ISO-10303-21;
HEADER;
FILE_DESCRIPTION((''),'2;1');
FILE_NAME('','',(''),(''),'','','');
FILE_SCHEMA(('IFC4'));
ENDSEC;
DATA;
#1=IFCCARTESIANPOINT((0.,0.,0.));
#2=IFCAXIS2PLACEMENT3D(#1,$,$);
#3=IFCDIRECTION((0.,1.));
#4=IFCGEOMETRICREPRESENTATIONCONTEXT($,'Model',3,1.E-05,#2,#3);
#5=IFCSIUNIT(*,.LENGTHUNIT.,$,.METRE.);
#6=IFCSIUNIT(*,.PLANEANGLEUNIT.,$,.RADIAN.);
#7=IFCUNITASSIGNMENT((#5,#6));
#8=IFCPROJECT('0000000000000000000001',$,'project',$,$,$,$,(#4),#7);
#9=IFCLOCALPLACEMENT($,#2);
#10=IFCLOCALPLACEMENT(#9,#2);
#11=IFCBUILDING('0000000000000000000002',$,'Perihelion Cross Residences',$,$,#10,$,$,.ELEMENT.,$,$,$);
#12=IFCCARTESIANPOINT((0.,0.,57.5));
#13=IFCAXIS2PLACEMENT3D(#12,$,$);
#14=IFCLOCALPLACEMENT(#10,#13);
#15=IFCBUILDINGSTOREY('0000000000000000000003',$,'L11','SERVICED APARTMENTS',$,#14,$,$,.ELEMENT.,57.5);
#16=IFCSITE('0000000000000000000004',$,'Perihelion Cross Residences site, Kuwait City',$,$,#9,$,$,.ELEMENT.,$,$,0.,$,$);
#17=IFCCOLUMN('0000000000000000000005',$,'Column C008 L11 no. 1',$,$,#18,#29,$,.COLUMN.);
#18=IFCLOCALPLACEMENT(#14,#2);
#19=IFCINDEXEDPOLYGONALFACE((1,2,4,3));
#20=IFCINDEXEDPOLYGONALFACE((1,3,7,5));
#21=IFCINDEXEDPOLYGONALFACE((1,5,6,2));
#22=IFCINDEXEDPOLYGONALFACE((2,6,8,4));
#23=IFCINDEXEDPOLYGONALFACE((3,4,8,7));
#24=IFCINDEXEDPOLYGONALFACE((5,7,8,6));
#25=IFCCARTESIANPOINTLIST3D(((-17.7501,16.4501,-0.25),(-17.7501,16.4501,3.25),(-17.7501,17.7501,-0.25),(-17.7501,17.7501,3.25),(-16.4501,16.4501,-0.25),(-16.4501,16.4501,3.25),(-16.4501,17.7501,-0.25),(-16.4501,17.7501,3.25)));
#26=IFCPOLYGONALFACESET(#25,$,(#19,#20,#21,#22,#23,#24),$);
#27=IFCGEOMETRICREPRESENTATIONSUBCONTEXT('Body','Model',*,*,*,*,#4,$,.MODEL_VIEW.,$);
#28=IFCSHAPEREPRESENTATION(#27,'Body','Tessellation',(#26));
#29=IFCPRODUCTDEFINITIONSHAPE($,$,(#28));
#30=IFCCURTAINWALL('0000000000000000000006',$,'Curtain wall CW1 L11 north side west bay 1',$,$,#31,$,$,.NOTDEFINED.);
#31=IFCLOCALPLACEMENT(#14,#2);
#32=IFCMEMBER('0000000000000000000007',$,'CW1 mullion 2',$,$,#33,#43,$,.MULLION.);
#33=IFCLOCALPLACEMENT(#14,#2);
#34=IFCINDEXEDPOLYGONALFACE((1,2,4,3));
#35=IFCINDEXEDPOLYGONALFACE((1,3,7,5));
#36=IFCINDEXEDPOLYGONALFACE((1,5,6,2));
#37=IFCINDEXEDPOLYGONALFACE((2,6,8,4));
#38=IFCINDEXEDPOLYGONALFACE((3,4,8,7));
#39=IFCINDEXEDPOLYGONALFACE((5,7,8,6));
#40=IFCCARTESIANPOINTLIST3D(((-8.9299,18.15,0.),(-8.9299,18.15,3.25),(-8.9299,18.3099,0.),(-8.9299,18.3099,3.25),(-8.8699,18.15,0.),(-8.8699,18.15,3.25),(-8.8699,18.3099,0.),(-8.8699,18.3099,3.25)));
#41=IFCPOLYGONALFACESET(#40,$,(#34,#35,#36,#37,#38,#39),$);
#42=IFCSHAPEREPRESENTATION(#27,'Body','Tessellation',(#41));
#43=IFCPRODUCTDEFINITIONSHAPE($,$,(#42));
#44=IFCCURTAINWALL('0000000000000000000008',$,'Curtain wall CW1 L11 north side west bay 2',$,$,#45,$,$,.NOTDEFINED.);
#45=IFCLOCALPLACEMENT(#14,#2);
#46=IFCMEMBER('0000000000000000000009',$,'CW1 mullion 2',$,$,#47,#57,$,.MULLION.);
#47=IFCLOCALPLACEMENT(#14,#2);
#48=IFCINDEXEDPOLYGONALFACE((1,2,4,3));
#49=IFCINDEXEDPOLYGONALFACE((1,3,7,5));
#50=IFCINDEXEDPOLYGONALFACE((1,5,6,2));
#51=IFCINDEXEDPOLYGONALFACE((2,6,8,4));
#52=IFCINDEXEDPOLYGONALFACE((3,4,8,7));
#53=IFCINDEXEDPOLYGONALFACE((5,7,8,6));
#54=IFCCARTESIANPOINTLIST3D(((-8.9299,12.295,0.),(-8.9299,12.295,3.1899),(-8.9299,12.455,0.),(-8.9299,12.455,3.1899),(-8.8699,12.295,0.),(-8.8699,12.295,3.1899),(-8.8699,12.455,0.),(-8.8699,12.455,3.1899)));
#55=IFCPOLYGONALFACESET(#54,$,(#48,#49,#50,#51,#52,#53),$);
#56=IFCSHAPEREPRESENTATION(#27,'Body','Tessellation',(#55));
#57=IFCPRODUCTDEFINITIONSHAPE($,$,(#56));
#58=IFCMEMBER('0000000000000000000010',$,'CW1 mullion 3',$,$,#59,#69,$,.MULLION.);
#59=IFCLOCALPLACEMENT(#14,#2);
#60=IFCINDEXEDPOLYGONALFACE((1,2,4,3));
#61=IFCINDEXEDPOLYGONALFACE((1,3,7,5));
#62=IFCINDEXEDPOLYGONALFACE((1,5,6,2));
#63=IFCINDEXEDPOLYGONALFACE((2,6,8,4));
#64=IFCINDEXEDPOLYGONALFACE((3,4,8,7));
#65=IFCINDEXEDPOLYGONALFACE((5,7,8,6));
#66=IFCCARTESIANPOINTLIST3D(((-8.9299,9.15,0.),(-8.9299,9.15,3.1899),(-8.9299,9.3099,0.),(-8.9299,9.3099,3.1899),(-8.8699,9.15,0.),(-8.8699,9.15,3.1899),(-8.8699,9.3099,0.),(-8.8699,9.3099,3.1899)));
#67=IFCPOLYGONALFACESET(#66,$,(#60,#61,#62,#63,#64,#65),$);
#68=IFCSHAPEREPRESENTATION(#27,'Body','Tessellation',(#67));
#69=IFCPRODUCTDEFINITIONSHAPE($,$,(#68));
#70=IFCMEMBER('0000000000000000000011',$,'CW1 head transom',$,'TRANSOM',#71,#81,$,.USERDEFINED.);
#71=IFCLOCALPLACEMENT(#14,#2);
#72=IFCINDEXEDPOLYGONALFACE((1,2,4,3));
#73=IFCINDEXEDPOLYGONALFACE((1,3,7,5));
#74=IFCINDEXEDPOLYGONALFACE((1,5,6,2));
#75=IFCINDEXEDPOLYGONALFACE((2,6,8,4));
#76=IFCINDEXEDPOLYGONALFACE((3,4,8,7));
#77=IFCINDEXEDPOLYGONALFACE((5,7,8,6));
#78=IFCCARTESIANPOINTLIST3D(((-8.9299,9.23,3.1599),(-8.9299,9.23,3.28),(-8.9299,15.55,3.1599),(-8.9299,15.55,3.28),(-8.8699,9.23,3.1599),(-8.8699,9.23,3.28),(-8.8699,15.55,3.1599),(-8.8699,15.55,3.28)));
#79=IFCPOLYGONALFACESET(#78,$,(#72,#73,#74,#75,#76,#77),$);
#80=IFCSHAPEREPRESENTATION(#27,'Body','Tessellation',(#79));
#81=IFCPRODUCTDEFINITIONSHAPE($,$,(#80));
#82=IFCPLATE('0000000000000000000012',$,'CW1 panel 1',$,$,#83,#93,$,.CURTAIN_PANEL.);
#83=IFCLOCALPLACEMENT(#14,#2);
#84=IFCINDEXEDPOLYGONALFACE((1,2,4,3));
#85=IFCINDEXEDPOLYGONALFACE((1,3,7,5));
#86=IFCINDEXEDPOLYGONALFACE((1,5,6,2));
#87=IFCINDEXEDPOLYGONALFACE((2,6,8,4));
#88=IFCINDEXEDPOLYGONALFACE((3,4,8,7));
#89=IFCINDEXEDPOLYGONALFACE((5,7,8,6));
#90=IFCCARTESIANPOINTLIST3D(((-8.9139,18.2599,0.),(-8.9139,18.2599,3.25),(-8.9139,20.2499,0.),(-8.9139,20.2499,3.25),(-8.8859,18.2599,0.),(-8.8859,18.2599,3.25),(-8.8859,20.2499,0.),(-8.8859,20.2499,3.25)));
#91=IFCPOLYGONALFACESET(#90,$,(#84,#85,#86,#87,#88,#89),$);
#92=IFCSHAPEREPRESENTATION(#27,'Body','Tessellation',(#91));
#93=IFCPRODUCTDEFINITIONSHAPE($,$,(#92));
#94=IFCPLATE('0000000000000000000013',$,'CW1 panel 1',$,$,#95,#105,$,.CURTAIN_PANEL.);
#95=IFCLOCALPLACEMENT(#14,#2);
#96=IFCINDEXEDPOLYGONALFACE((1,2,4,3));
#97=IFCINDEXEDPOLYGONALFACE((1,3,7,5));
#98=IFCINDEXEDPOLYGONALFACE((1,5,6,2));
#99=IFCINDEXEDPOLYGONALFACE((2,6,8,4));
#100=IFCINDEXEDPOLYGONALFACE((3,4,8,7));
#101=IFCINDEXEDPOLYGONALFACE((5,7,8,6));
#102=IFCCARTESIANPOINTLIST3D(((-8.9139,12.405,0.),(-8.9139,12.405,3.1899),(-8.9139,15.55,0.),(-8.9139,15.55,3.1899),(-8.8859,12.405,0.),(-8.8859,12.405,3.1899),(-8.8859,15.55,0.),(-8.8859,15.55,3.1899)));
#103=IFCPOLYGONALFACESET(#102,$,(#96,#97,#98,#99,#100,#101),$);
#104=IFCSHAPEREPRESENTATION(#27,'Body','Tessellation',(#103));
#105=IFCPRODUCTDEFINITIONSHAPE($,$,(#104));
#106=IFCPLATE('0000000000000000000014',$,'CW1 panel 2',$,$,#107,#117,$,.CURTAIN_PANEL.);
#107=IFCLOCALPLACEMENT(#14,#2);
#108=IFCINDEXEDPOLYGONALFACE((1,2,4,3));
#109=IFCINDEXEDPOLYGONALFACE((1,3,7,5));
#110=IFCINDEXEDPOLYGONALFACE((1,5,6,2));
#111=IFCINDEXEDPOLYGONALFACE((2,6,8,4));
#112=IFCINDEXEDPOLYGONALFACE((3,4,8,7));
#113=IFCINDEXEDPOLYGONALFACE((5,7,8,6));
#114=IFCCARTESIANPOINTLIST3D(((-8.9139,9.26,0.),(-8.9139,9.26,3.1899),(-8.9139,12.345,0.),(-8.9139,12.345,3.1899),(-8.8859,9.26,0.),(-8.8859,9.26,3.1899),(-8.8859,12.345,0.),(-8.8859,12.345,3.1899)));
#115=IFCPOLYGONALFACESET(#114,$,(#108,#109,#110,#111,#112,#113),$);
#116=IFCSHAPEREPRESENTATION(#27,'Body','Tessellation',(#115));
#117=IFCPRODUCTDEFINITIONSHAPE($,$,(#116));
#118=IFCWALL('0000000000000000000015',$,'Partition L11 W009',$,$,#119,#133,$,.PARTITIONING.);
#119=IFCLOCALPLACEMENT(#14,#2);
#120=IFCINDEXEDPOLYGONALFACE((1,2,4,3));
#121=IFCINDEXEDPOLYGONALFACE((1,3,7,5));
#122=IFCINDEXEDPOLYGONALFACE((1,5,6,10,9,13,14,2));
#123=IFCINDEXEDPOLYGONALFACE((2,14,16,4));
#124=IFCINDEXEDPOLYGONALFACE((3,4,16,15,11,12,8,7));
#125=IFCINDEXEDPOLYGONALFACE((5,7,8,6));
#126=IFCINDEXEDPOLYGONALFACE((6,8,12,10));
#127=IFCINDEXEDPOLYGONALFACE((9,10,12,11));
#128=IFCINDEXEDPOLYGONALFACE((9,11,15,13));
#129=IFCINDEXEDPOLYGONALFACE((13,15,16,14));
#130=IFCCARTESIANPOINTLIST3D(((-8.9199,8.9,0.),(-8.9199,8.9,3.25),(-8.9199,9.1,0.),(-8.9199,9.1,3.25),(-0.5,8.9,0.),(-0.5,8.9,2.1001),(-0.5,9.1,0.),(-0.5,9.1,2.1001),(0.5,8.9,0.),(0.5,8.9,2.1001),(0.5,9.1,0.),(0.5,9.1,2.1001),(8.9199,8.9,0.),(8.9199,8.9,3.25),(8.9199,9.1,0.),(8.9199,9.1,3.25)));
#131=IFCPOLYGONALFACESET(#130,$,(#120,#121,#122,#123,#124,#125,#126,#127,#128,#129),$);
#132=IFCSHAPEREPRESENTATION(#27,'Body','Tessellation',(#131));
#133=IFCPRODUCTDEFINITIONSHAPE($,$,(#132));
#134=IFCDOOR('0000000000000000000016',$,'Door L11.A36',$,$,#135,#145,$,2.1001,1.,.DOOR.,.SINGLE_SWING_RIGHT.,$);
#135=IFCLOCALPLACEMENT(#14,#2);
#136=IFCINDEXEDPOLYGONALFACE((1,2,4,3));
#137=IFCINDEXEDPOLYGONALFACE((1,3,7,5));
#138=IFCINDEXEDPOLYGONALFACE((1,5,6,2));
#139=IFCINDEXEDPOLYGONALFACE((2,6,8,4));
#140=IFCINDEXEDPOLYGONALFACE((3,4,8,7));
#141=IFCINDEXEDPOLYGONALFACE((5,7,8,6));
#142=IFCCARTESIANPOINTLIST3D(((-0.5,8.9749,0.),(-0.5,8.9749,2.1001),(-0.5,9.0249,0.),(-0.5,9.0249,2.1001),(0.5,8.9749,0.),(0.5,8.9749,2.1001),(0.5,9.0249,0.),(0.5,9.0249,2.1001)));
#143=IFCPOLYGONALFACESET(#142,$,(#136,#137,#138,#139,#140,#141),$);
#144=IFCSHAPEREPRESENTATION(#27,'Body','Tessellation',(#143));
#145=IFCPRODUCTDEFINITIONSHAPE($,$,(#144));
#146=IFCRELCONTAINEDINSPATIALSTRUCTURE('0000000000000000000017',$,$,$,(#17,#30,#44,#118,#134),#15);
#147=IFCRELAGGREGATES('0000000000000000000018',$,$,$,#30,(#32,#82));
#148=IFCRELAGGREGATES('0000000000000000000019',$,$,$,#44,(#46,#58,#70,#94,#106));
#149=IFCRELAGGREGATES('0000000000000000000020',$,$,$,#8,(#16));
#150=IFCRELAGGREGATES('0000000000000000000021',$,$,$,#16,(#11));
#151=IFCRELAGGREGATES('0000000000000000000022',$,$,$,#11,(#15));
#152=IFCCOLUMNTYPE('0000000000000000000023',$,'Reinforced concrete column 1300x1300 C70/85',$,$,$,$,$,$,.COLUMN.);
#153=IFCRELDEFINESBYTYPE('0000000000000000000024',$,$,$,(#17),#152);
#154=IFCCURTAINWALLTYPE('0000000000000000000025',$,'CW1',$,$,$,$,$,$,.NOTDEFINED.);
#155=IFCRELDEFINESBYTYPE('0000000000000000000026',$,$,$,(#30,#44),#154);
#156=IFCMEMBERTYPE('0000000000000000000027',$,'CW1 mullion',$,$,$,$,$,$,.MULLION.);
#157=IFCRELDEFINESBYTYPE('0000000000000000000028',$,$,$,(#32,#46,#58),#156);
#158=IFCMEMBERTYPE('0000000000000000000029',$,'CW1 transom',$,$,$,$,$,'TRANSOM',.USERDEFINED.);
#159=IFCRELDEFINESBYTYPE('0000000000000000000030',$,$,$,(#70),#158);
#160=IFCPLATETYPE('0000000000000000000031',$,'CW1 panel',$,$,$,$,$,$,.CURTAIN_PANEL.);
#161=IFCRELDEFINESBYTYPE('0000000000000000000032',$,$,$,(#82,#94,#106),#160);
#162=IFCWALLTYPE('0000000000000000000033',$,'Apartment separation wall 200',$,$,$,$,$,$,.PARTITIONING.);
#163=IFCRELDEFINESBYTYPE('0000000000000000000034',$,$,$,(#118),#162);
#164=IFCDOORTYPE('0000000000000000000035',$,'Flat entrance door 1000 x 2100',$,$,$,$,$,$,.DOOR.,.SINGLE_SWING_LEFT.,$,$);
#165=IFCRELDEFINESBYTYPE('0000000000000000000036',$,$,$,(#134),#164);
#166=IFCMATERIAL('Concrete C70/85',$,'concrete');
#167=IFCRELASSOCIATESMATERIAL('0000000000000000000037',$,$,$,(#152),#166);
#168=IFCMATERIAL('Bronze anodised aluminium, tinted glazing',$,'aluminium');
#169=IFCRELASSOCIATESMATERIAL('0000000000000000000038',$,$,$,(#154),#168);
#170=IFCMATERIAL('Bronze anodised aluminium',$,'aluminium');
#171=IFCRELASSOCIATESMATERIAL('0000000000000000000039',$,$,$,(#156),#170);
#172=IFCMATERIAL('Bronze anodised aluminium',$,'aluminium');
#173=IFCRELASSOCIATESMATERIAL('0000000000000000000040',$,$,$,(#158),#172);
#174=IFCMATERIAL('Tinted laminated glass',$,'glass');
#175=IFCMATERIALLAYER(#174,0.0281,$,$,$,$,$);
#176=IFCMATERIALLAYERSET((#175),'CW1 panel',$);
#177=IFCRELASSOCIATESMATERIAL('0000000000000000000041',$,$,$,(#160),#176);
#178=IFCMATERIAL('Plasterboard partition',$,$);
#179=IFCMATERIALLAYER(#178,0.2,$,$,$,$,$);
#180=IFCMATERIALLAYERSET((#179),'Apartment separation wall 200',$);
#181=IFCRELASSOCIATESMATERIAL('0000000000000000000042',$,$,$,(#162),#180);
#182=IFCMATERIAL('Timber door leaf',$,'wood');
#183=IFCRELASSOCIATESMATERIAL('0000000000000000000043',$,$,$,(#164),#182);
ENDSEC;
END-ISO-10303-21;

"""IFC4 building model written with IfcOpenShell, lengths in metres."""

from ifc_helpers import new_model, si_unit, direction, frame, frame_2d, origin, origin_2d, place, context, subcontext, project, spatial, rectangle, extrude, material, layer, layer_set, material_profile, profile_set, type_object, element, fill, aggregate, save


model = new_model("IFC4")

# Units and contexts
model_context = context("Model", 3, precision=1e-05, world=origin(), true_north=direction((0.0, 1.0)))
body_context = subcontext(model_context, "Body", "Model", "MODEL_VIEW")
ifc_project = project(units=[si_unit("LENGTHUNIT", "METRE"), si_unit("PLANEANGLEUNIT", "RADIAN")], contexts=[model_context])

# Site, building, storey
site_placement = place(None, origin())
site = spatial("IfcSite", under=ifc_project, at=site_placement, Name="Perihelion Cross Residences site, Kuwait City", CompositionType="ELEMENT", RefElevation=0.0)
building_placement = place(site_placement, origin())
building = spatial("IfcBuilding", under=site, at=building_placement, Name="Perihelion Cross Residences", CompositionType="ELEMENT")
storey_placement = place(building_placement, frame((0.0, 0.0, 57.5)))
storey = spatial("IfcBuildingStorey", under=building, at=storey_placement, Name="L11", Description="SERVICED APARTMENTS", CompositionType="ELEMENT", Elevation=57.5)

# Column
ifc_material_1 = material(Name="Concrete C70/85", Category="concrete")
ifc_material_profile_1 = material_profile(ifc_material_1, rectangle(XDim=1.3, YDim=1.3, at=origin_2d()), Name="RC 1300x1300")
ifc_profile_set_1 = profile_set([ifc_material_profile_1], Name="Concrete C70/85")
column_type = type_object("IfcColumnType", Name="Reinforced concrete column 1300x1300 C70/85", PredefinedType="COLUMN", material=ifc_profile_set_1)
column_placement = place(storey_placement, frame((-17.1001, 17.1001, -0.25), z_axis=(0.0, 0.0, 1.0), x_axis=(1.0, 0.0, 0.0)))
element("IfcColumn", 1, at=column_placement, inside=storey, type_object=column_type, Name="Column C008 L11 no. 1", PredefinedType="COLUMN", context=body_context, shape_type="SweptSolid", body=[
    extrude(rectangle(XDim=1.3, YDim=1.3, at=origin_2d()), origin(), (0.0, 0.0, 1.0), 3.5),
])

# Curtain wall, member
ifc_material_2 = material(Name="Bronze anodised aluminium, tinted glazing", Category="aluminium")
curtain_wall_type = type_object("IfcCurtainWallType", Name="CW1", PredefinedType="NOTDEFINED", material=ifc_material_2)
curtain_wall_1_placement = place(storey_placement, origin())
curtain_wall_1 = element("IfcCurtainWall", 2, at=curtain_wall_1_placement, inside=storey, type_object=curtain_wall_type, Name="Curtain wall CW1 L11 north side west bay 1", PredefinedType="NOTDEFINED")
ifc_material_3 = material(Name="Bronze anodised aluminium", Category="aluminium")
ifc_material_profile_2 = material_profile(ifc_material_3, rectangle(XDim=0.0601, YDim=0.1599, at=origin_2d()), Name="CW1 mullion")
ifc_profile_set_2 = profile_set([ifc_material_profile_2], Name="Bronze anodised aluminium")
member_type_1 = type_object("IfcMemberType", Name="CW1 mullion", PredefinedType="MULLION", material=ifc_profile_set_2)
member_1_placement = place(storey_placement, frame((-8.8999, 18.23, 0.0), z_axis=(0.0, 0.0, 1.0), x_axis=(1.0, 0.0, 0.0)))
member_1 = element("IfcMember", 3, at=member_1_placement, type_object=member_type_1, Name="CW1 mullion 2", PredefinedType="MULLION", context=body_context, shape_type="SweptSolid", body=[
    extrude(rectangle(XDim=0.0601, YDim=0.1599, at=origin_2d()), origin(), (0.0, 0.0, 1.0), 3.25),
])

# Curtain wall, members
curtain_wall_2_placement = place(storey_placement, origin())
curtain_wall_2 = element("IfcCurtainWall", 4, at=curtain_wall_2_placement, inside=storey, type_object=curtain_wall_type, Name="Curtain wall CW1 L11 north side west bay 2", PredefinedType="NOTDEFINED")
member_2_placement = place(storey_placement, frame((-8.8999, 12.375, 0.0), z_axis=(0.0, 0.0, 1.0), x_axis=(1.0, 0.0, 0.0)))
member_2 = element("IfcMember", 5, at=member_2_placement, type_object=member_type_1, Name="CW1 mullion 2", PredefinedType="MULLION", context=body_context, shape_type="SweptSolid", body=[
    extrude(rectangle(XDim=0.0601, YDim=0.1599, at=origin_2d()), origin(), (0.0, 0.0, 1.0), 3.1899),
])
member_3_placement = place(storey_placement, frame((-8.8999, 9.23, 0.0), z_axis=(0.0, 0.0, 1.0), x_axis=(1.0, 0.0, 0.0)))
member_3 = element("IfcMember", 6, at=member_3_placement, type_object=member_type_1, Name="CW1 mullion 3", PredefinedType="MULLION", context=body_context, shape_type="SweptSolid", body=[
    extrude(rectangle(XDim=0.0601, YDim=0.1599, at=origin_2d()), origin(), (0.0, 0.0, 1.0), 3.1899),
])
ifc_material_4 = material(Name="Bronze anodised aluminium", Category="aluminium")
ifc_material_profile_3 = material_profile(ifc_material_4, rectangle(XDim=0.0601, YDim=0.1201, at=origin_2d()), Name="CW1 transom")
ifc_profile_set_3 = profile_set([ifc_material_profile_3], Name="Bronze anodised aluminium")
member_type_2 = type_object("IfcMemberType", Name="CW1 transom", ElementType="TRANSOM", PredefinedType="USERDEFINED", material=ifc_profile_set_3)
member_4_placement = place(storey_placement, frame((-8.8999, 15.55, 3.22), z_axis=(0.0, -1.0, 0.0), x_axis=(1.0, 0.0, 0.0)))
member_4 = element("IfcMember", 7, at=member_4_placement, type_object=member_type_2, Name="CW1 head transom", ObjectType="TRANSOM", PredefinedType="USERDEFINED", context=body_context, shape_type="SweptSolid", body=[
    extrude(rectangle(XDim=0.0601, YDim=0.1201, at=origin_2d()), origin(), (0.0, 0.0, 1.0), 6.3201),
])

# Plates
ifc_material_5 = material(Name="Tinted laminated glass", Category="glass")
ifc_layer_1 = layer(ifc_material_5, 0.0281)
ifc_layer_set_1 = layer_set([ifc_layer_1], Name="CW1 panel")
plate_type = type_object("IfcPlateType", Name="CW1 panel", PredefinedType="CURTAIN_PANEL", material=ifc_layer_set_1)
plate_1_placement = place(storey_placement, frame((-8.8999, 19.2549, 0.0), z_axis=(0.0, 0.0, 1.0), x_axis=(0.0, -1.0, 0.0)))
plate_1 = element("IfcPlate", 8, at=plate_1_placement, type_object=plate_type, Name="CW1 panel 1", PredefinedType="CURTAIN_PANEL", context=body_context, shape_type="SweptSolid", body=[
    extrude(rectangle(XDim=1.99, YDim=0.0281, at=origin_2d()), origin(), (0.0, 0.0, 1.0), 3.25),
])
aggregate(curtain_wall_1, [member_1, plate_1])
plate_2_placement = place(storey_placement, frame((-8.8999, 13.9775, 0.0), z_axis=(0.0, 0.0, 1.0), x_axis=(0.0, -1.0, 0.0)))
plate_2 = element("IfcPlate", 9, at=plate_2_placement, type_object=plate_type, Name="CW1 panel 1", PredefinedType="CURTAIN_PANEL", context=body_context, shape_type="SweptSolid", body=[
    extrude(rectangle(XDim=3.145, YDim=0.0281, at=origin_2d()), origin(), (0.0, 0.0, 1.0), 3.1899),
])
plate_3_placement = place(storey_placement, frame((-8.8999, 10.8025, 0.0), z_axis=(0.0, 0.0, 1.0), x_axis=(0.0, -1.0, 0.0)))
plate_3 = element("IfcPlate", 10, at=plate_3_placement, type_object=plate_type, Name="CW1 panel 2", PredefinedType="CURTAIN_PANEL", context=body_context, shape_type="SweptSolid", body=[
    extrude(rectangle(XDim=3.085, YDim=0.0281, at=origin_2d()), origin(), (0.0, 0.0, 1.0), 3.1899),
])
aggregate(curtain_wall_2, [member_2, member_3, member_4, plate_2, plate_3])

# Wall, opening, door
ifc_material_6 = material(Name="Plasterboard partition")
ifc_layer_2 = layer(ifc_material_6, 0.2)
ifc_layer_set_2 = layer_set([ifc_layer_2], Name="Apartment separation wall 200")
wall_type_1 = type_object("IfcWallType", Name="Apartment separation wall 200", PredefinedType="PARTITIONING", material=ifc_layer_set_2)
wall_1_placement = place(storey_placement, frame((-8.9199, 9.0, 0.0), z_axis=(0.0, 0.0, 1.0), x_axis=(1.0, 0.0, 0.0)))
wall_1 = element("IfcWall", 11, at=wall_1_placement, inside=storey, type_object=wall_type_1, Name="Partition L11 W009", PredefinedType="PARTITIONING", context=body_context, shape_type="SweptSolid", body=[
    extrude(rectangle(XDim=17.8398, YDim=0.2, at=frame_2d((8.9199, 0.0))), origin(), (0.0, 0.0, 1.0), 3.25),
])
opening_1_placement = place(wall_1_placement, frame((8.4199, 0.0, 0.0)))
opening_1 = element("IfcOpeningElement", 12, at=opening_1_placement, cuts=wall_1, PredefinedType="OPENING", context=body_context, shape_type="SweptSolid", body=[
    extrude(rectangle(XDim=1.0, YDim=2.1001, at=frame_2d((0.5, 1.05))), frame((0.0, 0.1099, 0.0), z_axis=(0.0, -1.0, 0.0), x_axis=(1.0, 0.0, 0.0)), (0.0, 0.0, 1.0), 0.22),
])
ifc_material_7 = material(Name="Timber door leaf", Category="wood")
door_type_1 = type_object("IfcDoorType", Name="Flat entrance door 1000 x 2100", OperationType="SINGLE_SWING_LEFT", PredefinedType="DOOR", material=ifc_material_7)
door_1_placement = place(opening_1_placement, origin())
door_1 = element("IfcDoor", 13, at=door_1_placement, inside=storey, type_object=door_type_1, Name="Door L11.A36", OperationType="SINGLE_SWING_RIGHT", OverallHeight=2.1001, OverallWidth=1.0, PredefinedType="DOOR", context=body_context, shape_type="SweptSolid", body=[
    extrude(rectangle(XDim=1.0, YDim=2.1001, at=frame_2d((0.5, 1.05))), frame((0.0, 0.0249, 0.0), z_axis=(0.0, -1.0, 0.0), x_axis=(1.0, 0.0, 0.0)), (0.0, 0.0, 1.0), 0.05),
])
fill(opening_1, door_1)

save(model, "model.ifc")
